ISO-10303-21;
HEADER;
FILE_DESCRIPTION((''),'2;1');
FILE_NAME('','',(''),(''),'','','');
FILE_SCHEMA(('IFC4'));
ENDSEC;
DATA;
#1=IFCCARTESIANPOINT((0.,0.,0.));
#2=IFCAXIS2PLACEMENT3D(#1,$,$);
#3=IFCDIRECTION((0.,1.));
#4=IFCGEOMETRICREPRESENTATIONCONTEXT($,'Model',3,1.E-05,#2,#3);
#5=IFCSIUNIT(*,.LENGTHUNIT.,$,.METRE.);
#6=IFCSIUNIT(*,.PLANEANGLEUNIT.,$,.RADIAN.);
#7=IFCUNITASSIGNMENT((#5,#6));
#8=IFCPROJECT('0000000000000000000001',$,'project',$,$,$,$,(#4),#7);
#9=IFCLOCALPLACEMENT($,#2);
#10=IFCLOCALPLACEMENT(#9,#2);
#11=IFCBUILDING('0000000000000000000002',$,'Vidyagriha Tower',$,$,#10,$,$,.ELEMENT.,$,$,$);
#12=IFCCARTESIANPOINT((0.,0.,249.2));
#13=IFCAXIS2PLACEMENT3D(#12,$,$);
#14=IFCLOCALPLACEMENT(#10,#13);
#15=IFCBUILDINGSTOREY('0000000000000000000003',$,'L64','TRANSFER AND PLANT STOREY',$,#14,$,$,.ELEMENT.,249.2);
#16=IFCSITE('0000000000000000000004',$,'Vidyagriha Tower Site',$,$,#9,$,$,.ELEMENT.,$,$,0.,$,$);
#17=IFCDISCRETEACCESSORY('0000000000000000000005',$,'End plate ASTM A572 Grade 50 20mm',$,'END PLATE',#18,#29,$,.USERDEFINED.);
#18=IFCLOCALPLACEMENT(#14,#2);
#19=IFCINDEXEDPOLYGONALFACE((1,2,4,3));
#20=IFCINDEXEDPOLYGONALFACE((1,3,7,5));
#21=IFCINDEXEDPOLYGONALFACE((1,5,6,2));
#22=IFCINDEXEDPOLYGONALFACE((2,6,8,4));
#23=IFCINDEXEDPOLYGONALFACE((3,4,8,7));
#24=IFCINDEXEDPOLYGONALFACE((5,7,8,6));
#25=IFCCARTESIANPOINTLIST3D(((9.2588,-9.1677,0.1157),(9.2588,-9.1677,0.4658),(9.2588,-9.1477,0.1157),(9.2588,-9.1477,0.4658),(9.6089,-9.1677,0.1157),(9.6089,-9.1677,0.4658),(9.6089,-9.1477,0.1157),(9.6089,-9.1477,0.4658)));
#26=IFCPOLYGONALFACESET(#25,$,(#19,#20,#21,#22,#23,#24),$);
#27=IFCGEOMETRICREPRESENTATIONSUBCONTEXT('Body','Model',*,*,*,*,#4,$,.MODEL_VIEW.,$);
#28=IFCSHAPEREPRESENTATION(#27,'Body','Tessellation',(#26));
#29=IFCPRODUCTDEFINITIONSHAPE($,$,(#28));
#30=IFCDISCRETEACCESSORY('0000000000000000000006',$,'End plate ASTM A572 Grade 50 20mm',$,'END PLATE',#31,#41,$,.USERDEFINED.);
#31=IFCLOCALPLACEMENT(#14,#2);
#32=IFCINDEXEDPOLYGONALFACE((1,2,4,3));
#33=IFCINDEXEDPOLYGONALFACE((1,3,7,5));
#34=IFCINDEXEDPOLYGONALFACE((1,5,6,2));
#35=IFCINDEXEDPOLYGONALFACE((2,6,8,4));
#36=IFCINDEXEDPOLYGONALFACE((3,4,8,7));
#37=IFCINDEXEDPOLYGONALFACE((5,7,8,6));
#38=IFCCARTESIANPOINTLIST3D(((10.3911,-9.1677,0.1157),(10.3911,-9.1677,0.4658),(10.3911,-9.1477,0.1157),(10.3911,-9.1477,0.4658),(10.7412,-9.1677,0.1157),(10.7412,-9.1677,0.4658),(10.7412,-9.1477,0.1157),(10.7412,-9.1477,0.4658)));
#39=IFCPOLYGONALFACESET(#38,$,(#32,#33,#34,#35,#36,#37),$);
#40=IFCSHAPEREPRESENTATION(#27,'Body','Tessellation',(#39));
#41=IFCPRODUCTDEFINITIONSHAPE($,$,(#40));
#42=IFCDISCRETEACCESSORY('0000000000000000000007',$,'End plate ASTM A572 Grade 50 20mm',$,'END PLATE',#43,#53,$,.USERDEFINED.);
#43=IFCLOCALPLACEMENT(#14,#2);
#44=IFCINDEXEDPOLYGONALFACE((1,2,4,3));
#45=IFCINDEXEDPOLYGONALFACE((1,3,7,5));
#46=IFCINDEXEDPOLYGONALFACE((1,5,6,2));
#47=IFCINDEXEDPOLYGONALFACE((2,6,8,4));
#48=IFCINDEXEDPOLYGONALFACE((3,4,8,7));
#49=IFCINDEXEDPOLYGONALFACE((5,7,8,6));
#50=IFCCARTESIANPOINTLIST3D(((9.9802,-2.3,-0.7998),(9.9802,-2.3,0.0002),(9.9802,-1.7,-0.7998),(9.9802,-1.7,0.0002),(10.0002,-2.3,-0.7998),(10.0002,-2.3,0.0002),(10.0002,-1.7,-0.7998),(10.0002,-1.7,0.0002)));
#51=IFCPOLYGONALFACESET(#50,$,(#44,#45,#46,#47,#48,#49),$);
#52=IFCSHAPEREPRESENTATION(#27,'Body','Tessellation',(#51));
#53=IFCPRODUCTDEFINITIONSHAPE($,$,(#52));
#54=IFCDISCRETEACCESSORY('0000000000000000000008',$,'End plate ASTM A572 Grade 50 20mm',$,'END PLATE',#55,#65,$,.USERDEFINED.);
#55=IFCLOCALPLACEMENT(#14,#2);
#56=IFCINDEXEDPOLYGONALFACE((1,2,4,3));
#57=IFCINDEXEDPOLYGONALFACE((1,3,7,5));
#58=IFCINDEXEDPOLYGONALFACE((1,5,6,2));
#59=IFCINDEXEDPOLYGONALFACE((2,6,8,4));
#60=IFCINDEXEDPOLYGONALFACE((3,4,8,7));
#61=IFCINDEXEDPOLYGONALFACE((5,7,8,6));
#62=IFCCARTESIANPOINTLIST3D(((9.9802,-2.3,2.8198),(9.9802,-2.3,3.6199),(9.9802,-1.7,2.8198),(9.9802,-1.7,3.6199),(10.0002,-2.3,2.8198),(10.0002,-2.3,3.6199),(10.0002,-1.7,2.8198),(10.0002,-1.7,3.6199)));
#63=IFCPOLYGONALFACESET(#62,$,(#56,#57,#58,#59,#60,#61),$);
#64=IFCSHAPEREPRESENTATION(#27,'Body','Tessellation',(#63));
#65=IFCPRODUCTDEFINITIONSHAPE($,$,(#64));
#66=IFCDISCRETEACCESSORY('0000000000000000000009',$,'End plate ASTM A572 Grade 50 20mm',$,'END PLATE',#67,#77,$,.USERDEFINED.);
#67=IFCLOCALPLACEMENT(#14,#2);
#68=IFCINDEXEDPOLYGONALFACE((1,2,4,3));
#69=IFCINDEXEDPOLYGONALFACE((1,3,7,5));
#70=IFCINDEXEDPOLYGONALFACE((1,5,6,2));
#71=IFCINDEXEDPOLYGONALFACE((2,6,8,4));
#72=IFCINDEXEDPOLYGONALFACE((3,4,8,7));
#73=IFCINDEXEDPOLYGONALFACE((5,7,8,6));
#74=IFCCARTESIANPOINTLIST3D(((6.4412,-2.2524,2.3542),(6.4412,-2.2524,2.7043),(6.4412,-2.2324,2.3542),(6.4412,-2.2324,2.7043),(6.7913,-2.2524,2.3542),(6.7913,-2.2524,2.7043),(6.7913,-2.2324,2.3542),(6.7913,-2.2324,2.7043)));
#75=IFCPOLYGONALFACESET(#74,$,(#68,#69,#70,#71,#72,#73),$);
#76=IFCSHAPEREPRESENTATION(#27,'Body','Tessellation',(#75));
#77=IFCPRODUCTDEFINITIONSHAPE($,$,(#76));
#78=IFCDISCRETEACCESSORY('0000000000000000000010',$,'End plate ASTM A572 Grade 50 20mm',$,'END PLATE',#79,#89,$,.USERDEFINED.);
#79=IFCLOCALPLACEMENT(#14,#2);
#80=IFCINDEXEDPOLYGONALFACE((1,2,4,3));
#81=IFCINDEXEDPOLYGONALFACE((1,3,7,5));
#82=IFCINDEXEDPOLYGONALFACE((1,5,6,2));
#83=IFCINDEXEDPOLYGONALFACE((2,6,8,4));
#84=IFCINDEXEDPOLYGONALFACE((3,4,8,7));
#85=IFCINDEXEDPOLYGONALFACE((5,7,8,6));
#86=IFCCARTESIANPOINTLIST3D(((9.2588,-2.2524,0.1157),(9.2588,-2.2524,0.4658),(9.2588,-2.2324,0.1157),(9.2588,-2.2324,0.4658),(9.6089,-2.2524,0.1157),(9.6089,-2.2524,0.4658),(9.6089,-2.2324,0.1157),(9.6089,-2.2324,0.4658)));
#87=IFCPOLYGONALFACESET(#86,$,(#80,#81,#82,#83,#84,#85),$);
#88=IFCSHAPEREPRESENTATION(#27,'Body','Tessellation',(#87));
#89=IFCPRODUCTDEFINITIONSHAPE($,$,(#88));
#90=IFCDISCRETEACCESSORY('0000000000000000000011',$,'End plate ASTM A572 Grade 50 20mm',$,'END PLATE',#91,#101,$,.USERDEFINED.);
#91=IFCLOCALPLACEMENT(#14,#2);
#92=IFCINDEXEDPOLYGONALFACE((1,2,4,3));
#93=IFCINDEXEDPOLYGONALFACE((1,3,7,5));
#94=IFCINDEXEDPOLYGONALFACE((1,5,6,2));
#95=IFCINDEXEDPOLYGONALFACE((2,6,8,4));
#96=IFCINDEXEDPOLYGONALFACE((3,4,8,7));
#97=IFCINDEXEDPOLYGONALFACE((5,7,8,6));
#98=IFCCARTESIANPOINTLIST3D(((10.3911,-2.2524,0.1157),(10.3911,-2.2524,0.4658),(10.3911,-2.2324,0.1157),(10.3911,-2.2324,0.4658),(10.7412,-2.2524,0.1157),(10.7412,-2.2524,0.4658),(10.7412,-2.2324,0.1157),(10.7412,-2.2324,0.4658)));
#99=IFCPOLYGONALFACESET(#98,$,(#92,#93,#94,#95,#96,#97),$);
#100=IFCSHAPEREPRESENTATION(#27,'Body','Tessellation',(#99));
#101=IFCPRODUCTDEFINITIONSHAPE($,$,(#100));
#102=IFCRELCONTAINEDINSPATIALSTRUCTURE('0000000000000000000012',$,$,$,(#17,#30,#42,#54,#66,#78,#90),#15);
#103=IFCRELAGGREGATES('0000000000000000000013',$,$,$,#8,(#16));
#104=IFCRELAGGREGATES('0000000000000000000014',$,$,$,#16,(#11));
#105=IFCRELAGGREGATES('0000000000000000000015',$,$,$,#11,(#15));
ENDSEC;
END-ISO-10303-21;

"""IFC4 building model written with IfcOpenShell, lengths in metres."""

from ifc_helpers import new_model, si_unit, direction, frame, origin, origin_2d, place, context, subcontext, project, spatial, rectangle, extrude, element, save


model = new_model("IFC4")

# Units and contexts
model_context = context("Model", 3, precision=1e-05, world=origin(), true_north=direction((0.0, 1.0)))
body_context = subcontext(model_context, "Body", "Model", "MODEL_VIEW")
ifc_project = project(units=[si_unit("LENGTHUNIT", "METRE"), si_unit("PLANEANGLEUNIT", "RADIAN")], contexts=[model_context])

# Site, building, storey
site_placement = place(None, origin())
site = spatial("IfcSite", under=ifc_project, at=site_placement, Name="Vidyagriha Tower Site", CompositionType="ELEMENT", RefElevation=0.0)
building_placement = place(site_placement, origin())
building = spatial("IfcBuilding", under=site, at=building_placement, Name="Vidyagriha Tower", CompositionType="ELEMENT")
storey_placement = place(building_placement, frame((0.0, 0.0, 249.2)))
storey = spatial("IfcBuildingStorey", under=building, at=storey_placement, Name="L64", Description="TRANSFER AND PLANT STOREY", CompositionType="ELEMENT", Elevation=249.2)

# Discrete accessories
discrete_accessory_1_placement = place(storey_placement, frame((9.4338, -9.1577, 0.1157)))
element("IfcDiscreteAccessory", 1, at=discrete_accessory_1_placement, inside=storey, Name="End plate ASTM A572 Grade 50 20mm", ObjectType="END PLATE", PredefinedType="USERDEFINED", context=body_context, shape_type="SweptSolid", body=[
    extrude(rectangle(XDim=0.3501, YDim=0.02, at=origin_2d()), origin(), (0.0, 0.0, 1.0), 0.3501),
])
discrete_accessory_2_placement = place(storey_placement, frame((10.5662, -9.1577, 0.1157), z_axis=(0.0, 0.0, 1.0), x_axis=(-1.0, 0.0, 0.0)))
element("IfcDiscreteAccessory", 2, at=discrete_accessory_2_placement, inside=storey, Name="End plate ASTM A572 Grade 50 20mm", ObjectType="END PLATE", PredefinedType="USERDEFINED", context=body_context, shape_type="SweptSolid", body=[
    extrude(rectangle(XDim=0.3501, YDim=0.02, at=origin_2d()), origin(), (0.0, 0.0, 1.0), 0.3501),
])
for number, where, name in (
    (3, (9.9902, -2.0, -0.7998), "End plate ASTM A572 Grade 50 20mm"),
    (4, (9.9902, -2.0, 2.8198), "End plate ASTM A572 Grade 50 20mm"),
):
    element("IfcDiscreteAccessory", number, at=place(storey_placement, frame(where)), inside=storey, Name=name, ObjectType="END PLATE", PredefinedType="USERDEFINED", context=body_context, shape_type="SweptSolid", body=[
        extrude(rectangle(XDim=0.02, YDim=0.6001, at=origin_2d()), origin(), (0.0, 0.0, 1.0), 0.8),
    ])
discrete_accessory_3_placement = place(storey_placement, frame((6.6162, -2.2424, 2.3542), z_axis=(0.0, 0.0, 1.0), x_axis=(-1.0, 0.0, 0.0)))
element("IfcDiscreteAccessory", 5, at=discrete_accessory_3_placement, inside=storey, Name="End plate ASTM A572 Grade 50 20mm", ObjectType="END PLATE", PredefinedType="USERDEFINED", context=body_context, shape_type="SweptSolid", body=[
    extrude(rectangle(XDim=0.3501, YDim=0.02, at=origin_2d()), origin(), (0.0, 0.0, 1.0), 0.3501),
])
discrete_accessory_4_placement = place(storey_placement, frame((9.4338, -2.2424, 0.1157)))
element("IfcDiscreteAccessory", 6, at=discrete_accessory_4_placement, inside=storey, Name="End plate ASTM A572 Grade 50 20mm", ObjectType="END PLATE", PredefinedType="USERDEFINED", context=body_context, shape_type="SweptSolid", body=[
    extrude(rectangle(XDim=0.3501, YDim=0.02, at=origin_2d()), origin(), (0.0, 0.0, 1.0), 0.3501),
])
discrete_accessory_5_placement = place(storey_placement, frame((10.5662, -2.2424, 0.1157), z_axis=(0.0, 0.0, 1.0), x_axis=(-1.0, 0.0, 0.0)))
element("IfcDiscreteAccessory", 7, at=discrete_accessory_5_placement, inside=storey, Name="End plate ASTM A572 Grade 50 20mm", ObjectType="END PLATE", PredefinedType="USERDEFINED", context=body_context, shape_type="SweptSolid", body=[
    extrude(rectangle(XDim=0.3501, YDim=0.02, at=origin_2d()), origin(), (0.0, 0.0, 1.0), 0.3501),
])

save(model, "model.ifc")
